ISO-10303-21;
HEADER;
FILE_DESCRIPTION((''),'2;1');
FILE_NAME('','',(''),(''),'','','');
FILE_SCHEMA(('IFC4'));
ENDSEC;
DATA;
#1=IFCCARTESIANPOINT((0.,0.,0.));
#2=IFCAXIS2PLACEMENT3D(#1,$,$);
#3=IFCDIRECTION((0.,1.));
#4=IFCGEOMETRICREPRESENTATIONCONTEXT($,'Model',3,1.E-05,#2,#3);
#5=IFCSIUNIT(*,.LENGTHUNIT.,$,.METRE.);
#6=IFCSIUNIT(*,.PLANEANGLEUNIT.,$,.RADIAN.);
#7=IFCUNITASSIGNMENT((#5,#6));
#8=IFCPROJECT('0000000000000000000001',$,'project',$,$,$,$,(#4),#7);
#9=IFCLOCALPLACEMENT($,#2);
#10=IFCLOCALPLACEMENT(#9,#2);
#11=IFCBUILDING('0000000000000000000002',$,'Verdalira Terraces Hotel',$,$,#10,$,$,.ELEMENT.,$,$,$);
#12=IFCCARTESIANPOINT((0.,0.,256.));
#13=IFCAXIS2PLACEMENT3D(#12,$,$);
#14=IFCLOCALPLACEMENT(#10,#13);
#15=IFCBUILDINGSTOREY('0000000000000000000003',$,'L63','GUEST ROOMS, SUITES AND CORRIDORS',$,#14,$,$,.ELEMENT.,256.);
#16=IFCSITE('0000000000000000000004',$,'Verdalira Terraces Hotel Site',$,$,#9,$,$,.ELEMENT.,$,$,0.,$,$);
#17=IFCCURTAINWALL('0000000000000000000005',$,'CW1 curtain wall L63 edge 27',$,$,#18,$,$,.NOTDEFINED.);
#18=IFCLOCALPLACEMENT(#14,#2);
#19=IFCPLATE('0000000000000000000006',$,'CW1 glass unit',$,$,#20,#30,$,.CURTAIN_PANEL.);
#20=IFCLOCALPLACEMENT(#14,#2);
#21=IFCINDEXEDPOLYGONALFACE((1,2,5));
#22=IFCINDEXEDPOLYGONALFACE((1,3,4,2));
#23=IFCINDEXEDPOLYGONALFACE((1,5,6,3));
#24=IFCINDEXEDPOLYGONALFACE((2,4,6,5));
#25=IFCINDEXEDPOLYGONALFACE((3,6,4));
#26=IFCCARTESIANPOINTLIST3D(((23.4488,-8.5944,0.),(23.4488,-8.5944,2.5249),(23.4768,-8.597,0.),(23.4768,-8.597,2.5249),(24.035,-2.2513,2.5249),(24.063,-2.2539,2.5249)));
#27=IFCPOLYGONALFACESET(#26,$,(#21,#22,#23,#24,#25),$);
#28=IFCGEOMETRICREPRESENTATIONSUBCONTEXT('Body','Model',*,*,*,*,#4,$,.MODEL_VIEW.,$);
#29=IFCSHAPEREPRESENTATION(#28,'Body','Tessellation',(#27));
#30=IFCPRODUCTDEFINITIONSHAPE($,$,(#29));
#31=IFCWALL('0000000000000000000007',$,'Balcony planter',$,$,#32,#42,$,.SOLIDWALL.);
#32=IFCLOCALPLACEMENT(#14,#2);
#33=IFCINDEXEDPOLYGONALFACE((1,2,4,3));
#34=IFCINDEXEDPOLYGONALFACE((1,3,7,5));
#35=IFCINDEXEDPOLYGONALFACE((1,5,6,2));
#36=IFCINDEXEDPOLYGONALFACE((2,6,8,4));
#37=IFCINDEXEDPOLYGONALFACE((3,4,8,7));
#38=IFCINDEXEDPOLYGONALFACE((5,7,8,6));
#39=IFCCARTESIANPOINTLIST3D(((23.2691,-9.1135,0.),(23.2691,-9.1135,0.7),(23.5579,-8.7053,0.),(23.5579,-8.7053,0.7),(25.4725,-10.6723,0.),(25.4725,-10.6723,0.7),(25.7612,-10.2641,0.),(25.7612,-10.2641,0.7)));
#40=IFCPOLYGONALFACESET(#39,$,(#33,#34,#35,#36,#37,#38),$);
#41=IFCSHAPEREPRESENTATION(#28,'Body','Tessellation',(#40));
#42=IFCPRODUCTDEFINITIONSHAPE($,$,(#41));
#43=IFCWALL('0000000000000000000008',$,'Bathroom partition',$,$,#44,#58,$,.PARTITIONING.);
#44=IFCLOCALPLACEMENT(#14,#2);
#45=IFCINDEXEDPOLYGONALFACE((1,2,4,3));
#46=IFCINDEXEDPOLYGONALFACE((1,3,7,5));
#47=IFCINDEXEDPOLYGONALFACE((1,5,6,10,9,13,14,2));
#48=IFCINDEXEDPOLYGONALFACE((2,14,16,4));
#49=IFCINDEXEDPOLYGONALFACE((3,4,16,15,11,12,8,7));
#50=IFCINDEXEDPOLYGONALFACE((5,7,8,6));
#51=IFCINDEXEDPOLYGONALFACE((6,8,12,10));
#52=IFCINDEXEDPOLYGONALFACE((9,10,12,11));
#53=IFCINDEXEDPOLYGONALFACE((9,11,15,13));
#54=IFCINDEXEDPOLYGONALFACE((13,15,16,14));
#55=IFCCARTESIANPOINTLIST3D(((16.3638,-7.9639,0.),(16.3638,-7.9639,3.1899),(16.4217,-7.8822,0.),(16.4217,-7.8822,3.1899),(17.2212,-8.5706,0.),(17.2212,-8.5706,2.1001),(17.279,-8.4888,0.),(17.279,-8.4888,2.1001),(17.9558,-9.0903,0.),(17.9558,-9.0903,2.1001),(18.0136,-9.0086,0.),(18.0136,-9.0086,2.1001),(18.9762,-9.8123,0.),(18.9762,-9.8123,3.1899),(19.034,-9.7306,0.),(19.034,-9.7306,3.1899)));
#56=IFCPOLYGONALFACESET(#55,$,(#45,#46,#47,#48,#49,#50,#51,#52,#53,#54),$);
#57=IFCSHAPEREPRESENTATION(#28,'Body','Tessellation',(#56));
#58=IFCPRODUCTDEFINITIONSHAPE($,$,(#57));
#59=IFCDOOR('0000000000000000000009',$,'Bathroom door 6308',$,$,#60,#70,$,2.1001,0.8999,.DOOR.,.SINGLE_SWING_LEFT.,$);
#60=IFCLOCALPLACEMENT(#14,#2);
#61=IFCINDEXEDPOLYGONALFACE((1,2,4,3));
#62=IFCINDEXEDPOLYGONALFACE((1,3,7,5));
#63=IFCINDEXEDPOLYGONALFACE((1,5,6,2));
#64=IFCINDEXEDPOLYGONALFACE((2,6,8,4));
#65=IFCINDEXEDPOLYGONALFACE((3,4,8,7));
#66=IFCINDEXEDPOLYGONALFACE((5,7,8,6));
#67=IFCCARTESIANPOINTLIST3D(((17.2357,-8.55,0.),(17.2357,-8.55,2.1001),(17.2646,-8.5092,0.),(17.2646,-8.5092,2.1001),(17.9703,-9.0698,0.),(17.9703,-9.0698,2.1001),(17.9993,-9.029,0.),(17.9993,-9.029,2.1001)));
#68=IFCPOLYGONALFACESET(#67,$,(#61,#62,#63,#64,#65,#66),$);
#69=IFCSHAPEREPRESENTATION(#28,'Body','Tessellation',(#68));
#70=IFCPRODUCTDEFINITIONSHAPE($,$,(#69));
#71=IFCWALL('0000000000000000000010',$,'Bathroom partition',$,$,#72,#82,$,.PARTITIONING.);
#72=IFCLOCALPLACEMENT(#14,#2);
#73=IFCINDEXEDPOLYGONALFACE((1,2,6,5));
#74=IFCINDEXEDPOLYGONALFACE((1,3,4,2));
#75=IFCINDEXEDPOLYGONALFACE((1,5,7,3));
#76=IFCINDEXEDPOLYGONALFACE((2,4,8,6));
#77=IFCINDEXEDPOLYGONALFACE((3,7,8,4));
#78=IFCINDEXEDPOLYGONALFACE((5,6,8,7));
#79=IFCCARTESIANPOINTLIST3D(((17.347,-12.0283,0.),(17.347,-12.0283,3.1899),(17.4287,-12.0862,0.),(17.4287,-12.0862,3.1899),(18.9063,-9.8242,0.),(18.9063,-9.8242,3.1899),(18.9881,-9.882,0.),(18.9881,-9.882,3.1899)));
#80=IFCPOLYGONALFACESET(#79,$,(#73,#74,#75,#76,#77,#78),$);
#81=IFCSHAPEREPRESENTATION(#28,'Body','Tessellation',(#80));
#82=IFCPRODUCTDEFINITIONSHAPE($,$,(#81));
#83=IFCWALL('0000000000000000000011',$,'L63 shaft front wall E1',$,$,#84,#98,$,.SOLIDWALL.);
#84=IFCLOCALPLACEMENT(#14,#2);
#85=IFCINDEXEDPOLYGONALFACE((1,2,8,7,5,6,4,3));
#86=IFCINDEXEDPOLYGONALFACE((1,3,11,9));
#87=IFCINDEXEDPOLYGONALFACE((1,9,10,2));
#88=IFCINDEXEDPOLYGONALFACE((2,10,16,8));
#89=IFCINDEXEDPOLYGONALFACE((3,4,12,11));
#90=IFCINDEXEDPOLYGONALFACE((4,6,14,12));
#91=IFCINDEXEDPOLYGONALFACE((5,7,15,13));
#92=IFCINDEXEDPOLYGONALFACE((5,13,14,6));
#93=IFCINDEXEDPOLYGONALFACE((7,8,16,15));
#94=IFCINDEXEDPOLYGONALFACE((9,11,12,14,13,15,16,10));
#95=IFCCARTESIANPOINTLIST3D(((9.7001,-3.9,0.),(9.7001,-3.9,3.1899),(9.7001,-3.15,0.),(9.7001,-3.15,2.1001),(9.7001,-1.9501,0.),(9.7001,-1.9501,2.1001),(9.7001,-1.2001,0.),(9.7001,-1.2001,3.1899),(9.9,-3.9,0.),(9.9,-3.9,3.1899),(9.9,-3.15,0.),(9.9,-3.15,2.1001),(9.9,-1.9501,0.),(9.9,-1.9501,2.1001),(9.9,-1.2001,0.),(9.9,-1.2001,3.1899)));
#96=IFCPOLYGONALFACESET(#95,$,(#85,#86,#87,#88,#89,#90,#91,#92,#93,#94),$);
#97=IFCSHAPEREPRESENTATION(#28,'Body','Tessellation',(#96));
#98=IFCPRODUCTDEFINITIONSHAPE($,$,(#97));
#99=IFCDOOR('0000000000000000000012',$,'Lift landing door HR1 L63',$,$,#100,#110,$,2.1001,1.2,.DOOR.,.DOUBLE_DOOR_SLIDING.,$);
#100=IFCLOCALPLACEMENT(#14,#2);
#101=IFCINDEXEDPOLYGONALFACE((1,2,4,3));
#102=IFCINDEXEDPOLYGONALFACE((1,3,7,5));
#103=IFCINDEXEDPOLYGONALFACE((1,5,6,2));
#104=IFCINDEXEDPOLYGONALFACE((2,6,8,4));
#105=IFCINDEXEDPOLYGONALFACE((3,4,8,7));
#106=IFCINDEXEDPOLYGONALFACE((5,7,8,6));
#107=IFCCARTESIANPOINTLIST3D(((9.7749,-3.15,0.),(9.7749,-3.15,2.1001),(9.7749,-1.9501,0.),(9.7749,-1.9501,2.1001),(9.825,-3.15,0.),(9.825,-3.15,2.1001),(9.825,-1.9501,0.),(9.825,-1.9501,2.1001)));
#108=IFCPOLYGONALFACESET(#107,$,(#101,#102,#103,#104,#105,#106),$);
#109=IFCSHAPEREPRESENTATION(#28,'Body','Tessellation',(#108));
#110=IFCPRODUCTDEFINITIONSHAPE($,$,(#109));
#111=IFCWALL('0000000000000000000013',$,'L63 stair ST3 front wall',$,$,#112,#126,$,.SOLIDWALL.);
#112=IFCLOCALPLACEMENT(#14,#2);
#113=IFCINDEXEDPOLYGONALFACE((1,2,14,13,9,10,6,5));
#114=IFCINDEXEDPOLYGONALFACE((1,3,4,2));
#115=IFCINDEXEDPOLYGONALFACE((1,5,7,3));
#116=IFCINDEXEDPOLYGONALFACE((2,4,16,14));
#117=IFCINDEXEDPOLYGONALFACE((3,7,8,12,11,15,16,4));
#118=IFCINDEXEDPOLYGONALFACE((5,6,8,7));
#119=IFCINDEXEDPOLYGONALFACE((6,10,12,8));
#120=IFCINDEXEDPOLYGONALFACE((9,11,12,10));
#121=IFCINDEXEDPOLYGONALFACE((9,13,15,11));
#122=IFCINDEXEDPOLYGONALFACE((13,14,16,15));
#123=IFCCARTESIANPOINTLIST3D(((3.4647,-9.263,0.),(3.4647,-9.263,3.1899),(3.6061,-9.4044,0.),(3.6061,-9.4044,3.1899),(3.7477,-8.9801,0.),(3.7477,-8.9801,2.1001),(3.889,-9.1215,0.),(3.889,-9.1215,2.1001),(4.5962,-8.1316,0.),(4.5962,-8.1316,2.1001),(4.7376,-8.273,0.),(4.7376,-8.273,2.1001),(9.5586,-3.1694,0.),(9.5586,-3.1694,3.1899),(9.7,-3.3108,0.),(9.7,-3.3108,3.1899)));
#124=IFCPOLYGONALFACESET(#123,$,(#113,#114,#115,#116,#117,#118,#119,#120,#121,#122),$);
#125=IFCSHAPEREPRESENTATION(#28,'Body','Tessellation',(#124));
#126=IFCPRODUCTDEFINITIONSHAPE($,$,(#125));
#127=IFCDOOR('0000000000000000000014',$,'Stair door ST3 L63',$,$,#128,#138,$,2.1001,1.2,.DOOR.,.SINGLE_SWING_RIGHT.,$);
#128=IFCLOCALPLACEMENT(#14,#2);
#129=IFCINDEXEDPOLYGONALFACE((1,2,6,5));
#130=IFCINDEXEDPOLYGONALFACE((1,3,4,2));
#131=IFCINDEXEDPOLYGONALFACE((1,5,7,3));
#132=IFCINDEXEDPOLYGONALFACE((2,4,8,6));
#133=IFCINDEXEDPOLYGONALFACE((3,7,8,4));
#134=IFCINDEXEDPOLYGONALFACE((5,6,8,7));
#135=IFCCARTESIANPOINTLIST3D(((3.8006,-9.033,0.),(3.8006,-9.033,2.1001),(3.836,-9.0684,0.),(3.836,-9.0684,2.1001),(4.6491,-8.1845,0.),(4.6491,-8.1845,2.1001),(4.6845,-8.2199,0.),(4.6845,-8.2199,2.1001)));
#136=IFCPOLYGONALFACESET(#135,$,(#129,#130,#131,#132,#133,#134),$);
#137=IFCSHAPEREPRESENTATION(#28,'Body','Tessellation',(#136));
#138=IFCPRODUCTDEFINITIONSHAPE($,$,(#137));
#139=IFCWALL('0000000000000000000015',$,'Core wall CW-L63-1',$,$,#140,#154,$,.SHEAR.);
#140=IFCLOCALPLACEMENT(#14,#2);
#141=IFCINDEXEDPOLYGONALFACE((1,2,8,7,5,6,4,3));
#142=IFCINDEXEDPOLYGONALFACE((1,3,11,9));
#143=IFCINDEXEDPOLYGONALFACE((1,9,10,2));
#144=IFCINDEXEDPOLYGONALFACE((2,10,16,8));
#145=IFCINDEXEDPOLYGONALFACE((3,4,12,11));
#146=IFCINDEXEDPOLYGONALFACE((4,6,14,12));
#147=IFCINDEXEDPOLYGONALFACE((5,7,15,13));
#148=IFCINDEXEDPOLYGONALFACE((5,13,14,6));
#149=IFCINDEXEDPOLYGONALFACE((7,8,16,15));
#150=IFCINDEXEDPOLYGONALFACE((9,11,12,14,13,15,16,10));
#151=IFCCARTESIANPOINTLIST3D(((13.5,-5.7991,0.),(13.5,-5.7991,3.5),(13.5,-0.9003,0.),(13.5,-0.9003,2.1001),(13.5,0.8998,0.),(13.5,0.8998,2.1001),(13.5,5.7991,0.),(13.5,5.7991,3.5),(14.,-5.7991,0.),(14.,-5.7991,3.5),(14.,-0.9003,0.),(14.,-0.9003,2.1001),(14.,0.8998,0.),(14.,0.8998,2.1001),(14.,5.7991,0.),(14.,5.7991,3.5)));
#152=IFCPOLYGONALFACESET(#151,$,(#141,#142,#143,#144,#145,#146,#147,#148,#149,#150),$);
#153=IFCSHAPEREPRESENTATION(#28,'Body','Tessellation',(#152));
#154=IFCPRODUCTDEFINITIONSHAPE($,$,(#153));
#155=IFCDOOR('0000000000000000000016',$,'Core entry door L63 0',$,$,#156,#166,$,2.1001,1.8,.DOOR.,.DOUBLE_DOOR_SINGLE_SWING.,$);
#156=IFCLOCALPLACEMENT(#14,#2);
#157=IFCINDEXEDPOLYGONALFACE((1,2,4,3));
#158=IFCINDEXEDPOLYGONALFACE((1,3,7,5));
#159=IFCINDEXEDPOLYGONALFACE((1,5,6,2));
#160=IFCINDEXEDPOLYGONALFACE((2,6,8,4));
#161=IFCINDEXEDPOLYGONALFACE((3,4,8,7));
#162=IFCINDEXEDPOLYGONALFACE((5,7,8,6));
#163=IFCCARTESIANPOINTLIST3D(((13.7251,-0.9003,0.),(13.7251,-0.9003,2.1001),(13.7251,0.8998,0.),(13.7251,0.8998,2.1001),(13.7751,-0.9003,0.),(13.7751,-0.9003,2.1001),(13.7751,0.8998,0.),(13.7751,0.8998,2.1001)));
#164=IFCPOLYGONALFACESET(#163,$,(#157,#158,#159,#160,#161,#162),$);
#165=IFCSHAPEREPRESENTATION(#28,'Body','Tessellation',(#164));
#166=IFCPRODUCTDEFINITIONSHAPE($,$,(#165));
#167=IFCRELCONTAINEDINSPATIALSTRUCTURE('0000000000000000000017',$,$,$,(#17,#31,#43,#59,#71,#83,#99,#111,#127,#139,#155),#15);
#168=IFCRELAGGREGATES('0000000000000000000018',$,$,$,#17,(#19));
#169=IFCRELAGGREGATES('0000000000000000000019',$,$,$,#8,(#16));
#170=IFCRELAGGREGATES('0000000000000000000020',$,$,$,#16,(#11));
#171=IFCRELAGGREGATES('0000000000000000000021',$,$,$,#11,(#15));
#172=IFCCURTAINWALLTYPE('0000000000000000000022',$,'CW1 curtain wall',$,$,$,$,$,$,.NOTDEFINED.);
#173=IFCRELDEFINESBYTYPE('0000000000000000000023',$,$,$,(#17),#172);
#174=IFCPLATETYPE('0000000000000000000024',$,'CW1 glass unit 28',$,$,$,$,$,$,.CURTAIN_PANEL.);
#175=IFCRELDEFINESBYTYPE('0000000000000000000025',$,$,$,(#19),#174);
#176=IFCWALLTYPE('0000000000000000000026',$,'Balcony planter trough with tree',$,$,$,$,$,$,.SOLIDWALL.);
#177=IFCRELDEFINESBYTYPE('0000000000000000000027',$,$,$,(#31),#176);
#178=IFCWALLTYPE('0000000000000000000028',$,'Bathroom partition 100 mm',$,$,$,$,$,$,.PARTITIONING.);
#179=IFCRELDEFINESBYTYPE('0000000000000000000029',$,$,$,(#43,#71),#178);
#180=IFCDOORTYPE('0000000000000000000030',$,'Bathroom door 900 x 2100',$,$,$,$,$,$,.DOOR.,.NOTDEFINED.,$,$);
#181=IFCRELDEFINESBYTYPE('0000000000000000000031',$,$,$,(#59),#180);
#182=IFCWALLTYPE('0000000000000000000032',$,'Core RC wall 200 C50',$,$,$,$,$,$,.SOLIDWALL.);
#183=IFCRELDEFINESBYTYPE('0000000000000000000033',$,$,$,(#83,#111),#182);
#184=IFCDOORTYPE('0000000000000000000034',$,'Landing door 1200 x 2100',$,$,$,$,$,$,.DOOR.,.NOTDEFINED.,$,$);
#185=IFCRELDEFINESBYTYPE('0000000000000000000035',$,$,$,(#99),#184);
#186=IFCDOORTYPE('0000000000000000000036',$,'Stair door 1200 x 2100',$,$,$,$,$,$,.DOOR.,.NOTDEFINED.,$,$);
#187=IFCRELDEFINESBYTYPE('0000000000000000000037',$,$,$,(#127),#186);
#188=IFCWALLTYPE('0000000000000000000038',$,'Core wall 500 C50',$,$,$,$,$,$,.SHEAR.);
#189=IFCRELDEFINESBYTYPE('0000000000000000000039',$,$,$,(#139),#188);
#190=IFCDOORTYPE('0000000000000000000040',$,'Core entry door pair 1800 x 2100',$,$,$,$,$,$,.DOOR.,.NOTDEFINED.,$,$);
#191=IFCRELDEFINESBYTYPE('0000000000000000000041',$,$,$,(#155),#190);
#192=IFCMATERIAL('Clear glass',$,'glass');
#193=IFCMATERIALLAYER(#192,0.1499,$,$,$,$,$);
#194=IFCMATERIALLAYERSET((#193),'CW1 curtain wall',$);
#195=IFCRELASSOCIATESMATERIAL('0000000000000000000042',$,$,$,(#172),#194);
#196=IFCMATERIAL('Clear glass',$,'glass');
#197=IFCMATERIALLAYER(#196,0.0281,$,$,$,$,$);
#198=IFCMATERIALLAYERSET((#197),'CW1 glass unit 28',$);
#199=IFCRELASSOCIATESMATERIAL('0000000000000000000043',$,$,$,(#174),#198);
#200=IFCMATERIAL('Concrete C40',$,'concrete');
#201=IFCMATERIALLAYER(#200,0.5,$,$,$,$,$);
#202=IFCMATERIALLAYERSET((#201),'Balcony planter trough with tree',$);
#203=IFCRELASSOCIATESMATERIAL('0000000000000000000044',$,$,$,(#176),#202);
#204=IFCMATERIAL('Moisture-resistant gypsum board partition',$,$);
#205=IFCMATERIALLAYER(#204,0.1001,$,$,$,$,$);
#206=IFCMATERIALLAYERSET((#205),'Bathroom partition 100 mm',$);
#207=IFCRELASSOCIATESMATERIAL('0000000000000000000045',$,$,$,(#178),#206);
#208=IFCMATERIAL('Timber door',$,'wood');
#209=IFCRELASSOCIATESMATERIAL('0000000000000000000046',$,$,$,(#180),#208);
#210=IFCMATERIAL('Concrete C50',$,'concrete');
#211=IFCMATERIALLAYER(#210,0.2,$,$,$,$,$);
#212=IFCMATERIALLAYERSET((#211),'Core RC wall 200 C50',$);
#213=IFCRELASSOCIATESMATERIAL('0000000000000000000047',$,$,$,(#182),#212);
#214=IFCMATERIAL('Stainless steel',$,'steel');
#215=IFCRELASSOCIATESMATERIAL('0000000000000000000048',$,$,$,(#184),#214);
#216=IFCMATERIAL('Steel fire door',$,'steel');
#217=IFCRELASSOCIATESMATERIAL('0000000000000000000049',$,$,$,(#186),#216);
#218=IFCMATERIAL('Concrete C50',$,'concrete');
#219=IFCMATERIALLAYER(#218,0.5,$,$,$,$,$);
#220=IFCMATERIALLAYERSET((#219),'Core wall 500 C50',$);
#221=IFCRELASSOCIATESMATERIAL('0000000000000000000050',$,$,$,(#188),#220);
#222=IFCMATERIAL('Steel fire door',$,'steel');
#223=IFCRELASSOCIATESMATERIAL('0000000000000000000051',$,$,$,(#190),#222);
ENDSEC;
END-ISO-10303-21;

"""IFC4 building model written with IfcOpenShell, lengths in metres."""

from ifc_helpers import new_model, si_unit, direction, frame, frame_2d, origin, place, context, subcontext, project, spatial, polyline, rectangle, outline, extrude, material, layer, layer_set, type_object, element, fill, aggregate, save


model = new_model("IFC4")

# Units and contexts
model_context = context("Model", 3, precision=1e-05, world=origin(), true_north=direction((0.0, 1.0)))
body_context = subcontext(model_context, "Body", "Model", "MODEL_VIEW")
ifc_project = project(units=[si_unit("LENGTHUNIT", "METRE"), si_unit("PLANEANGLEUNIT", "RADIAN")], contexts=[model_context])

# Site, building, storey
site_placement = place(None, origin())
site = spatial("IfcSite", under=ifc_project, at=site_placement, Name="Verdalira Terraces Hotel Site", CompositionType="ELEMENT", RefElevation=0.0)
building_placement = place(site_placement, origin())
building = spatial("IfcBuilding", under=site, at=building_placement, Name="Verdalira Terraces Hotel", CompositionType="ELEMENT")
storey_placement = place(building_placement, frame((0.0, 0.0, 256.0)))
storey = spatial("IfcBuildingStorey", under=building, at=storey_placement, Name="L63", Description="GUEST ROOMS, SUITES AND CORRIDORS", CompositionType="ELEMENT", Elevation=256.0)

# Shared definitions
ifc_material_1 = material(Name="Clear glass", Category="glass")
ifc_layer_1 = layer(ifc_material_1, 0.1499)
ifc_layer_set_1 = layer_set([ifc_layer_1], Name="CW1 curtain wall")
curtain_wall_type = type_object("IfcCurtainWallType", Name="CW1 curtain wall", PredefinedType="NOTDEFINED", material=ifc_layer_set_1)

# Curtain wall
curtain_wall_1_placement = place(storey_placement, origin())
curtain_wall_1 = element("IfcCurtainWall", 1, at=curtain_wall_1_placement, inside=storey, type_object=curtain_wall_type, Name="CW1 curtain wall L63 edge 27", PredefinedType="NOTDEFINED")

# Plate
ifc_material_2 = material(Name="Clear glass", Category="glass")
ifc_layer_2 = layer(ifc_material_2, 0.0281)
ifc_layer_set_2 = layer_set([ifc_layer_2], Name="CW1 glass unit 28")
plate_type = type_object("IfcPlateType", Name="CW1 glass unit 28", PredefinedType="CURTAIN_PANEL", material=ifc_layer_set_2)
plate_1_placement = place(storey_placement, frame((23.7419, -5.4229, 1.2625), z_axis=(0.995757, -0.092023, 0.0), x_axis=(0.092023, 0.995757, 0.0)))
plate_1 = element("IfcPlate", 2, at=plate_1_placement, type_object=plate_type, Name="CW1 glass unit", PredefinedType="CURTAIN_PANEL", context=body_context, shape_type="SweptSolid", body=[
    extrude(outline(polyline([(-3.1851, -1.2625), (3.1851, 1.2625), (-3.1851, 1.2625), (-3.1851, -1.2625)])), origin(), (0.0, 0.0, 1.0), 0.0281),
])
aggregate(curtain_wall_1, [plate_1])

# Wall
ifc_material_3 = material(Name="Concrete C40", Category="concrete")
ifc_layer_3 = layer(ifc_material_3, 0.5)
ifc_layer_set_3 = layer_set([ifc_layer_3], Name="Balcony planter trough with tree")
wall_type_1 = type_object("IfcWallType", Name="Balcony planter trough with tree", PredefinedType="SOLIDWALL", material=ifc_layer_set_3)
wall_1_placement = place(storey_placement, frame((25.6169, -10.4683, 0.0), z_axis=(0.0, 0.0, 1.0), x_axis=(-0.816353, 0.577553, 0.0)))
element("IfcWall", 3, at=wall_1_placement, inside=storey, type_object=wall_type_1, Name="Balcony planter", PredefinedType="SOLIDWALL", context=body_context, shape_type="SweptSolid", body=[
    extrude(rectangle(XDim=2.699, YDim=0.5, at=frame_2d((1.3496, 0.0))), origin(), (0.0, 0.0, 1.0), 0.7),
])

# Wall, opening, door
ifc_material_4 = material(Name="Moisture-resistant gypsum board partition")
ifc_layer_4 = layer(ifc_material_4, 0.1001)
ifc_layer_set_4 = layer_set([ifc_layer_4], Name="Bathroom partition 100 mm")
wall_type_2 = type_object("IfcWallType", Name="Bathroom partition 100 mm", PredefinedType="PARTITIONING", material=ifc_layer_set_4)
wall_2_placement = place(storey_placement, frame((19.0051, -9.7715, 0.0), z_axis=(0.0, 0.0, 1.0), x_axis=(-0.816318, 0.577602, 0.0)))
wall_2 = element("IfcWall", 4, at=wall_2_placement, inside=storey, type_object=wall_type_2, Name="Bathroom partition", PredefinedType="PARTITIONING", context=body_context, shape_type="SweptSolid", body=[
    extrude(rectangle(XDim=3.2002, YDim=0.1001, at=frame_2d((1.6001, 0.0))), origin(), (0.0, 0.0, 1.0), 3.1899),
])
opening_1_placement = place(wall_2_placement, frame((1.25, 0.0, 0.0)))
opening_1 = element("IfcOpeningElement", 5, at=opening_1_placement, cuts=wall_2, PredefinedType="OPENING", context=body_context, shape_type="SweptSolid", body=[
    extrude(rectangle(XDim=0.8999, YDim=2.1001, at=frame_2d((0.45, 1.05))), frame((0.0, 0.0601, 0.0), z_axis=(0.0, -1.0, 0.0), x_axis=(1.0, 0.0, 0.0)), (0.0, 0.0, 1.0), 0.1201),
])
ifc_material_5 = material(Name="Timber door", Category="wood")
door_type_1 = type_object("IfcDoorType", Name="Bathroom door 900 x 2100", OperationType="NOTDEFINED", PredefinedType="DOOR", material=ifc_material_5)
door_1_placement = place(opening_1_placement, origin())
door_1 = element("IfcDoor", 6, at=door_1_placement, inside=storey, type_object=door_type_1, Name="Bathroom door 6308", OperationType="SINGLE_SWING_LEFT", OverallHeight=2.1001, OverallWidth=0.8999, PredefinedType="DOOR", context=body_context, shape_type="SweptSolid", body=[
    extrude(rectangle(XDim=0.8999, YDim=2.1001, at=frame_2d((0.45, 1.05))), frame((0.0, 0.0249, 0.0), z_axis=(0.0, -1.0, 0.0), x_axis=(1.0, 0.0, 0.0)), (0.0, 0.0, 1.0), 0.05),
])
fill(opening_1, door_1)

# Wall
wall_3_placement = place(storey_placement, frame((18.9473, -9.853, 0.0), z_axis=(0.0, 0.0, 1.0), x_axis=(-0.577546, -0.816358, 0.0)))
element("IfcWall", 7, at=wall_3_placement, inside=storey, type_object=wall_type_2, Name="Bathroom partition", PredefinedType="PARTITIONING", context=body_context, shape_type="SweptSolid", body=[
    extrude(rectangle(XDim=2.7, YDim=0.1001, at=frame_2d((1.3501, 0.0))), origin(), (0.0, 0.0, 1.0), 3.1899),
])

# Walls, openings, doors
ifc_material_6 = material(Name="Concrete C50", Category="concrete")
ifc_layer_5 = layer(ifc_material_6, 0.2)
ifc_layer_set_5 = layer_set([ifc_layer_5], Name="Core RC wall 200 C50")
wall_type_3 = type_object("IfcWallType", Name="Core RC wall 200 C50", PredefinedType="SOLIDWALL", material=ifc_layer_set_5)
wall_4_placement = place(storey_placement, frame((9.8, -1.2, 0.0), z_axis=(0.0, 0.0, 1.0), x_axis=(0.0, -1.0, 0.0)))
wall_4 = element("IfcWall", 8, at=wall_4_placement, inside=storey, type_object=wall_type_3, Name="L63 shaft front wall E1", PredefinedType="SOLIDWALL", context=body_context, shape_type="SweptSolid", body=[
    extrude(rectangle(XDim=2.7, YDim=0.2, at=frame_2d((1.3501, 0.0))), origin(), (0.0, 0.0, 1.0), 3.1899),
])
opening_2_placement = place(wall_4_placement, frame((0.75, 0.0, 0.0)))
opening_2 = element("IfcOpeningElement", 9, at=opening_2_placement, cuts=wall_4, PredefinedType="OPENING", context=body_context, shape_type="SweptSolid", body=[
    extrude(rectangle(XDim=1.2, YDim=2.1001, at=frame_2d((0.6001, 1.05))), frame((0.0, 0.1099, 0.0), z_axis=(0.0, -1.0, 0.0), x_axis=(1.0, 0.0, 0.0)), (0.0, 0.0, 1.0), 0.22),
])
ifc_material_7 = material(Name="Stainless steel", Category="steel")
door_type_2 = type_object("IfcDoorType", Name="Landing door 1200 x 2100", OperationType="NOTDEFINED", PredefinedType="DOOR", material=ifc_material_7)
door_2_placement = place(opening_2_placement, origin())
door_2 = element("IfcDoor", 10, at=door_2_placement, inside=storey, type_object=door_type_2, Name="Lift landing door HR1 L63", OperationType="DOUBLE_DOOR_SLIDING", OverallHeight=2.1001, OverallWidth=1.2, PredefinedType="DOOR", context=body_context, shape_type="SweptSolid", body=[
    extrude(rectangle(XDim=1.2, YDim=2.1001, at=frame_2d((0.6001, 1.05))), frame((0.0, 0.0249, 0.0), z_axis=(0.0, -1.0, 0.0), x_axis=(1.0, 0.0, 0.0)), (0.0, 0.0, 1.0), 0.05),
])
fill(opening_2, door_2)
wall_5_placement = place(storey_placement, frame((9.6294, -3.24, 0.0), z_axis=(0.0, 0.0, 1.0), x_axis=(-0.707121, -0.707093, 0.0)))
wall_5 = element("IfcWall", 11, at=wall_5_placement, inside=storey, type_object=wall_type_3, Name="L63 stair ST3 front wall", PredefinedType="SOLIDWALL", context=body_context, shape_type="SweptSolid", body=[
    extrude(rectangle(XDim=8.6179, YDim=0.2, at=frame_2d((4.3091, 0.0))), origin(), (0.0, 0.0, 1.0), 3.1899),
])
opening_3_placement = place(wall_5_placement, frame((7.0178, 0.0, 0.0)))
opening_3 = element("IfcOpeningElement", 12, at=opening_3_placement, cuts=wall_5, PredefinedType="OPENING", context=body_context, shape_type="SweptSolid", body=[
    extrude(rectangle(XDim=1.2, YDim=2.1001, at=frame_2d((0.6001, 1.05))), frame((0.0, 0.1099, 0.0), z_axis=(0.0, -1.0, 0.0), x_axis=(1.0, 0.0, 0.0)), (0.0, 0.0, 1.0), 0.22),
])
ifc_material_8 = material(Name="Steel fire door", Category="steel")
door_type_3 = type_object("IfcDoorType", Name="Stair door 1200 x 2100", OperationType="NOTDEFINED", PredefinedType="DOOR", material=ifc_material_8)
door_3_placement = place(opening_3_placement, origin())
door_3 = element("IfcDoor", 13, at=door_3_placement, inside=storey, type_object=door_type_3, Name="Stair door ST3 L63", OperationType="SINGLE_SWING_RIGHT", OverallHeight=2.1001, OverallWidth=1.2, PredefinedType="DOOR", context=body_context, shape_type="SweptSolid", body=[
    extrude(rectangle(XDim=1.2, YDim=2.1001, at=frame_2d((0.6001, 1.05))), frame((0.0, 0.0249, 0.0), z_axis=(0.0, -1.0, 0.0), x_axis=(1.0, 0.0, 0.0)), (0.0, 0.0, 1.0), 0.05),
])
fill(opening_3, door_3)
ifc_material_9 = material(Name="Concrete C50", Category="concrete")
ifc_layer_6 = layer(ifc_material_9, 0.5)
ifc_layer_set_6 = layer_set([ifc_layer_6], Name="Core wall 500 C50")
wall_type_4 = type_object("IfcWallType", Name="Core wall 500 C50", PredefinedType="SHEAR", material=ifc_layer_set_6)
wall_6_placement = place(storey_placement, frame((13.75, -5.7991, 0.0), z_axis=(0.0, 0.0, 1.0), x_axis=(0.0, 1.0, 0.0)))
wall_6 = element("IfcWall", 14, at=wall_6_placement, inside=storey, type_object=wall_type_4, Name="Core wall CW-L63-1", PredefinedType="SHEAR", context=body_context, shape_type="SweptSolid", body=[
    extrude(rectangle(XDim=11.5981, YDim=0.5, at=frame_2d((5.7991, 0.0))), origin(), (0.0, 0.0, 1.0), 3.5),
])
opening_4_placement = place(wall_6_placement, frame((4.8989, 0.0, 0.0)))
opening_4 = element("IfcOpeningElement", 15, at=opening_4_placement, cuts=wall_6, PredefinedType="OPENING", context=body_context, shape_type="SweptSolid", body=[
    extrude(rectangle(XDim=1.8, YDim=2.1001, at=frame_2d((0.8999, 1.05))), frame((0.0, 0.26, 0.0), z_axis=(0.0, -1.0, 0.0), x_axis=(1.0, 0.0, 0.0)), (0.0, 0.0, 1.0), 0.52),
])
ifc_material_10 = material(Name="Steel fire door", Category="steel")
door_type_4 = type_object("IfcDoorType", Name="Core entry door pair 1800 x 2100", OperationType="NOTDEFINED", PredefinedType="DOOR", material=ifc_material_10)
door_4_placement = place(opening_4_placement, origin())
door_4 = element("IfcDoor", 16, at=door_4_placement, inside=storey, type_object=door_type_4, Name="Core entry door L63 0", OperationType="DOUBLE_DOOR_SINGLE_SWING", OverallHeight=2.1001, OverallWidth=1.8, PredefinedType="DOOR", context=body_context, shape_type="SweptSolid", body=[
    extrude(rectangle(XDim=1.8, YDim=2.1001, at=frame_2d((0.8999, 1.05))), frame((0.0, 0.0249, 0.0), z_axis=(0.0, -1.0, 0.0), x_axis=(1.0, 0.0, 0.0)), (0.0, 0.0, 1.0), 0.05),
])
fill(opening_4, door_4)

save(model, "model.ifc")
